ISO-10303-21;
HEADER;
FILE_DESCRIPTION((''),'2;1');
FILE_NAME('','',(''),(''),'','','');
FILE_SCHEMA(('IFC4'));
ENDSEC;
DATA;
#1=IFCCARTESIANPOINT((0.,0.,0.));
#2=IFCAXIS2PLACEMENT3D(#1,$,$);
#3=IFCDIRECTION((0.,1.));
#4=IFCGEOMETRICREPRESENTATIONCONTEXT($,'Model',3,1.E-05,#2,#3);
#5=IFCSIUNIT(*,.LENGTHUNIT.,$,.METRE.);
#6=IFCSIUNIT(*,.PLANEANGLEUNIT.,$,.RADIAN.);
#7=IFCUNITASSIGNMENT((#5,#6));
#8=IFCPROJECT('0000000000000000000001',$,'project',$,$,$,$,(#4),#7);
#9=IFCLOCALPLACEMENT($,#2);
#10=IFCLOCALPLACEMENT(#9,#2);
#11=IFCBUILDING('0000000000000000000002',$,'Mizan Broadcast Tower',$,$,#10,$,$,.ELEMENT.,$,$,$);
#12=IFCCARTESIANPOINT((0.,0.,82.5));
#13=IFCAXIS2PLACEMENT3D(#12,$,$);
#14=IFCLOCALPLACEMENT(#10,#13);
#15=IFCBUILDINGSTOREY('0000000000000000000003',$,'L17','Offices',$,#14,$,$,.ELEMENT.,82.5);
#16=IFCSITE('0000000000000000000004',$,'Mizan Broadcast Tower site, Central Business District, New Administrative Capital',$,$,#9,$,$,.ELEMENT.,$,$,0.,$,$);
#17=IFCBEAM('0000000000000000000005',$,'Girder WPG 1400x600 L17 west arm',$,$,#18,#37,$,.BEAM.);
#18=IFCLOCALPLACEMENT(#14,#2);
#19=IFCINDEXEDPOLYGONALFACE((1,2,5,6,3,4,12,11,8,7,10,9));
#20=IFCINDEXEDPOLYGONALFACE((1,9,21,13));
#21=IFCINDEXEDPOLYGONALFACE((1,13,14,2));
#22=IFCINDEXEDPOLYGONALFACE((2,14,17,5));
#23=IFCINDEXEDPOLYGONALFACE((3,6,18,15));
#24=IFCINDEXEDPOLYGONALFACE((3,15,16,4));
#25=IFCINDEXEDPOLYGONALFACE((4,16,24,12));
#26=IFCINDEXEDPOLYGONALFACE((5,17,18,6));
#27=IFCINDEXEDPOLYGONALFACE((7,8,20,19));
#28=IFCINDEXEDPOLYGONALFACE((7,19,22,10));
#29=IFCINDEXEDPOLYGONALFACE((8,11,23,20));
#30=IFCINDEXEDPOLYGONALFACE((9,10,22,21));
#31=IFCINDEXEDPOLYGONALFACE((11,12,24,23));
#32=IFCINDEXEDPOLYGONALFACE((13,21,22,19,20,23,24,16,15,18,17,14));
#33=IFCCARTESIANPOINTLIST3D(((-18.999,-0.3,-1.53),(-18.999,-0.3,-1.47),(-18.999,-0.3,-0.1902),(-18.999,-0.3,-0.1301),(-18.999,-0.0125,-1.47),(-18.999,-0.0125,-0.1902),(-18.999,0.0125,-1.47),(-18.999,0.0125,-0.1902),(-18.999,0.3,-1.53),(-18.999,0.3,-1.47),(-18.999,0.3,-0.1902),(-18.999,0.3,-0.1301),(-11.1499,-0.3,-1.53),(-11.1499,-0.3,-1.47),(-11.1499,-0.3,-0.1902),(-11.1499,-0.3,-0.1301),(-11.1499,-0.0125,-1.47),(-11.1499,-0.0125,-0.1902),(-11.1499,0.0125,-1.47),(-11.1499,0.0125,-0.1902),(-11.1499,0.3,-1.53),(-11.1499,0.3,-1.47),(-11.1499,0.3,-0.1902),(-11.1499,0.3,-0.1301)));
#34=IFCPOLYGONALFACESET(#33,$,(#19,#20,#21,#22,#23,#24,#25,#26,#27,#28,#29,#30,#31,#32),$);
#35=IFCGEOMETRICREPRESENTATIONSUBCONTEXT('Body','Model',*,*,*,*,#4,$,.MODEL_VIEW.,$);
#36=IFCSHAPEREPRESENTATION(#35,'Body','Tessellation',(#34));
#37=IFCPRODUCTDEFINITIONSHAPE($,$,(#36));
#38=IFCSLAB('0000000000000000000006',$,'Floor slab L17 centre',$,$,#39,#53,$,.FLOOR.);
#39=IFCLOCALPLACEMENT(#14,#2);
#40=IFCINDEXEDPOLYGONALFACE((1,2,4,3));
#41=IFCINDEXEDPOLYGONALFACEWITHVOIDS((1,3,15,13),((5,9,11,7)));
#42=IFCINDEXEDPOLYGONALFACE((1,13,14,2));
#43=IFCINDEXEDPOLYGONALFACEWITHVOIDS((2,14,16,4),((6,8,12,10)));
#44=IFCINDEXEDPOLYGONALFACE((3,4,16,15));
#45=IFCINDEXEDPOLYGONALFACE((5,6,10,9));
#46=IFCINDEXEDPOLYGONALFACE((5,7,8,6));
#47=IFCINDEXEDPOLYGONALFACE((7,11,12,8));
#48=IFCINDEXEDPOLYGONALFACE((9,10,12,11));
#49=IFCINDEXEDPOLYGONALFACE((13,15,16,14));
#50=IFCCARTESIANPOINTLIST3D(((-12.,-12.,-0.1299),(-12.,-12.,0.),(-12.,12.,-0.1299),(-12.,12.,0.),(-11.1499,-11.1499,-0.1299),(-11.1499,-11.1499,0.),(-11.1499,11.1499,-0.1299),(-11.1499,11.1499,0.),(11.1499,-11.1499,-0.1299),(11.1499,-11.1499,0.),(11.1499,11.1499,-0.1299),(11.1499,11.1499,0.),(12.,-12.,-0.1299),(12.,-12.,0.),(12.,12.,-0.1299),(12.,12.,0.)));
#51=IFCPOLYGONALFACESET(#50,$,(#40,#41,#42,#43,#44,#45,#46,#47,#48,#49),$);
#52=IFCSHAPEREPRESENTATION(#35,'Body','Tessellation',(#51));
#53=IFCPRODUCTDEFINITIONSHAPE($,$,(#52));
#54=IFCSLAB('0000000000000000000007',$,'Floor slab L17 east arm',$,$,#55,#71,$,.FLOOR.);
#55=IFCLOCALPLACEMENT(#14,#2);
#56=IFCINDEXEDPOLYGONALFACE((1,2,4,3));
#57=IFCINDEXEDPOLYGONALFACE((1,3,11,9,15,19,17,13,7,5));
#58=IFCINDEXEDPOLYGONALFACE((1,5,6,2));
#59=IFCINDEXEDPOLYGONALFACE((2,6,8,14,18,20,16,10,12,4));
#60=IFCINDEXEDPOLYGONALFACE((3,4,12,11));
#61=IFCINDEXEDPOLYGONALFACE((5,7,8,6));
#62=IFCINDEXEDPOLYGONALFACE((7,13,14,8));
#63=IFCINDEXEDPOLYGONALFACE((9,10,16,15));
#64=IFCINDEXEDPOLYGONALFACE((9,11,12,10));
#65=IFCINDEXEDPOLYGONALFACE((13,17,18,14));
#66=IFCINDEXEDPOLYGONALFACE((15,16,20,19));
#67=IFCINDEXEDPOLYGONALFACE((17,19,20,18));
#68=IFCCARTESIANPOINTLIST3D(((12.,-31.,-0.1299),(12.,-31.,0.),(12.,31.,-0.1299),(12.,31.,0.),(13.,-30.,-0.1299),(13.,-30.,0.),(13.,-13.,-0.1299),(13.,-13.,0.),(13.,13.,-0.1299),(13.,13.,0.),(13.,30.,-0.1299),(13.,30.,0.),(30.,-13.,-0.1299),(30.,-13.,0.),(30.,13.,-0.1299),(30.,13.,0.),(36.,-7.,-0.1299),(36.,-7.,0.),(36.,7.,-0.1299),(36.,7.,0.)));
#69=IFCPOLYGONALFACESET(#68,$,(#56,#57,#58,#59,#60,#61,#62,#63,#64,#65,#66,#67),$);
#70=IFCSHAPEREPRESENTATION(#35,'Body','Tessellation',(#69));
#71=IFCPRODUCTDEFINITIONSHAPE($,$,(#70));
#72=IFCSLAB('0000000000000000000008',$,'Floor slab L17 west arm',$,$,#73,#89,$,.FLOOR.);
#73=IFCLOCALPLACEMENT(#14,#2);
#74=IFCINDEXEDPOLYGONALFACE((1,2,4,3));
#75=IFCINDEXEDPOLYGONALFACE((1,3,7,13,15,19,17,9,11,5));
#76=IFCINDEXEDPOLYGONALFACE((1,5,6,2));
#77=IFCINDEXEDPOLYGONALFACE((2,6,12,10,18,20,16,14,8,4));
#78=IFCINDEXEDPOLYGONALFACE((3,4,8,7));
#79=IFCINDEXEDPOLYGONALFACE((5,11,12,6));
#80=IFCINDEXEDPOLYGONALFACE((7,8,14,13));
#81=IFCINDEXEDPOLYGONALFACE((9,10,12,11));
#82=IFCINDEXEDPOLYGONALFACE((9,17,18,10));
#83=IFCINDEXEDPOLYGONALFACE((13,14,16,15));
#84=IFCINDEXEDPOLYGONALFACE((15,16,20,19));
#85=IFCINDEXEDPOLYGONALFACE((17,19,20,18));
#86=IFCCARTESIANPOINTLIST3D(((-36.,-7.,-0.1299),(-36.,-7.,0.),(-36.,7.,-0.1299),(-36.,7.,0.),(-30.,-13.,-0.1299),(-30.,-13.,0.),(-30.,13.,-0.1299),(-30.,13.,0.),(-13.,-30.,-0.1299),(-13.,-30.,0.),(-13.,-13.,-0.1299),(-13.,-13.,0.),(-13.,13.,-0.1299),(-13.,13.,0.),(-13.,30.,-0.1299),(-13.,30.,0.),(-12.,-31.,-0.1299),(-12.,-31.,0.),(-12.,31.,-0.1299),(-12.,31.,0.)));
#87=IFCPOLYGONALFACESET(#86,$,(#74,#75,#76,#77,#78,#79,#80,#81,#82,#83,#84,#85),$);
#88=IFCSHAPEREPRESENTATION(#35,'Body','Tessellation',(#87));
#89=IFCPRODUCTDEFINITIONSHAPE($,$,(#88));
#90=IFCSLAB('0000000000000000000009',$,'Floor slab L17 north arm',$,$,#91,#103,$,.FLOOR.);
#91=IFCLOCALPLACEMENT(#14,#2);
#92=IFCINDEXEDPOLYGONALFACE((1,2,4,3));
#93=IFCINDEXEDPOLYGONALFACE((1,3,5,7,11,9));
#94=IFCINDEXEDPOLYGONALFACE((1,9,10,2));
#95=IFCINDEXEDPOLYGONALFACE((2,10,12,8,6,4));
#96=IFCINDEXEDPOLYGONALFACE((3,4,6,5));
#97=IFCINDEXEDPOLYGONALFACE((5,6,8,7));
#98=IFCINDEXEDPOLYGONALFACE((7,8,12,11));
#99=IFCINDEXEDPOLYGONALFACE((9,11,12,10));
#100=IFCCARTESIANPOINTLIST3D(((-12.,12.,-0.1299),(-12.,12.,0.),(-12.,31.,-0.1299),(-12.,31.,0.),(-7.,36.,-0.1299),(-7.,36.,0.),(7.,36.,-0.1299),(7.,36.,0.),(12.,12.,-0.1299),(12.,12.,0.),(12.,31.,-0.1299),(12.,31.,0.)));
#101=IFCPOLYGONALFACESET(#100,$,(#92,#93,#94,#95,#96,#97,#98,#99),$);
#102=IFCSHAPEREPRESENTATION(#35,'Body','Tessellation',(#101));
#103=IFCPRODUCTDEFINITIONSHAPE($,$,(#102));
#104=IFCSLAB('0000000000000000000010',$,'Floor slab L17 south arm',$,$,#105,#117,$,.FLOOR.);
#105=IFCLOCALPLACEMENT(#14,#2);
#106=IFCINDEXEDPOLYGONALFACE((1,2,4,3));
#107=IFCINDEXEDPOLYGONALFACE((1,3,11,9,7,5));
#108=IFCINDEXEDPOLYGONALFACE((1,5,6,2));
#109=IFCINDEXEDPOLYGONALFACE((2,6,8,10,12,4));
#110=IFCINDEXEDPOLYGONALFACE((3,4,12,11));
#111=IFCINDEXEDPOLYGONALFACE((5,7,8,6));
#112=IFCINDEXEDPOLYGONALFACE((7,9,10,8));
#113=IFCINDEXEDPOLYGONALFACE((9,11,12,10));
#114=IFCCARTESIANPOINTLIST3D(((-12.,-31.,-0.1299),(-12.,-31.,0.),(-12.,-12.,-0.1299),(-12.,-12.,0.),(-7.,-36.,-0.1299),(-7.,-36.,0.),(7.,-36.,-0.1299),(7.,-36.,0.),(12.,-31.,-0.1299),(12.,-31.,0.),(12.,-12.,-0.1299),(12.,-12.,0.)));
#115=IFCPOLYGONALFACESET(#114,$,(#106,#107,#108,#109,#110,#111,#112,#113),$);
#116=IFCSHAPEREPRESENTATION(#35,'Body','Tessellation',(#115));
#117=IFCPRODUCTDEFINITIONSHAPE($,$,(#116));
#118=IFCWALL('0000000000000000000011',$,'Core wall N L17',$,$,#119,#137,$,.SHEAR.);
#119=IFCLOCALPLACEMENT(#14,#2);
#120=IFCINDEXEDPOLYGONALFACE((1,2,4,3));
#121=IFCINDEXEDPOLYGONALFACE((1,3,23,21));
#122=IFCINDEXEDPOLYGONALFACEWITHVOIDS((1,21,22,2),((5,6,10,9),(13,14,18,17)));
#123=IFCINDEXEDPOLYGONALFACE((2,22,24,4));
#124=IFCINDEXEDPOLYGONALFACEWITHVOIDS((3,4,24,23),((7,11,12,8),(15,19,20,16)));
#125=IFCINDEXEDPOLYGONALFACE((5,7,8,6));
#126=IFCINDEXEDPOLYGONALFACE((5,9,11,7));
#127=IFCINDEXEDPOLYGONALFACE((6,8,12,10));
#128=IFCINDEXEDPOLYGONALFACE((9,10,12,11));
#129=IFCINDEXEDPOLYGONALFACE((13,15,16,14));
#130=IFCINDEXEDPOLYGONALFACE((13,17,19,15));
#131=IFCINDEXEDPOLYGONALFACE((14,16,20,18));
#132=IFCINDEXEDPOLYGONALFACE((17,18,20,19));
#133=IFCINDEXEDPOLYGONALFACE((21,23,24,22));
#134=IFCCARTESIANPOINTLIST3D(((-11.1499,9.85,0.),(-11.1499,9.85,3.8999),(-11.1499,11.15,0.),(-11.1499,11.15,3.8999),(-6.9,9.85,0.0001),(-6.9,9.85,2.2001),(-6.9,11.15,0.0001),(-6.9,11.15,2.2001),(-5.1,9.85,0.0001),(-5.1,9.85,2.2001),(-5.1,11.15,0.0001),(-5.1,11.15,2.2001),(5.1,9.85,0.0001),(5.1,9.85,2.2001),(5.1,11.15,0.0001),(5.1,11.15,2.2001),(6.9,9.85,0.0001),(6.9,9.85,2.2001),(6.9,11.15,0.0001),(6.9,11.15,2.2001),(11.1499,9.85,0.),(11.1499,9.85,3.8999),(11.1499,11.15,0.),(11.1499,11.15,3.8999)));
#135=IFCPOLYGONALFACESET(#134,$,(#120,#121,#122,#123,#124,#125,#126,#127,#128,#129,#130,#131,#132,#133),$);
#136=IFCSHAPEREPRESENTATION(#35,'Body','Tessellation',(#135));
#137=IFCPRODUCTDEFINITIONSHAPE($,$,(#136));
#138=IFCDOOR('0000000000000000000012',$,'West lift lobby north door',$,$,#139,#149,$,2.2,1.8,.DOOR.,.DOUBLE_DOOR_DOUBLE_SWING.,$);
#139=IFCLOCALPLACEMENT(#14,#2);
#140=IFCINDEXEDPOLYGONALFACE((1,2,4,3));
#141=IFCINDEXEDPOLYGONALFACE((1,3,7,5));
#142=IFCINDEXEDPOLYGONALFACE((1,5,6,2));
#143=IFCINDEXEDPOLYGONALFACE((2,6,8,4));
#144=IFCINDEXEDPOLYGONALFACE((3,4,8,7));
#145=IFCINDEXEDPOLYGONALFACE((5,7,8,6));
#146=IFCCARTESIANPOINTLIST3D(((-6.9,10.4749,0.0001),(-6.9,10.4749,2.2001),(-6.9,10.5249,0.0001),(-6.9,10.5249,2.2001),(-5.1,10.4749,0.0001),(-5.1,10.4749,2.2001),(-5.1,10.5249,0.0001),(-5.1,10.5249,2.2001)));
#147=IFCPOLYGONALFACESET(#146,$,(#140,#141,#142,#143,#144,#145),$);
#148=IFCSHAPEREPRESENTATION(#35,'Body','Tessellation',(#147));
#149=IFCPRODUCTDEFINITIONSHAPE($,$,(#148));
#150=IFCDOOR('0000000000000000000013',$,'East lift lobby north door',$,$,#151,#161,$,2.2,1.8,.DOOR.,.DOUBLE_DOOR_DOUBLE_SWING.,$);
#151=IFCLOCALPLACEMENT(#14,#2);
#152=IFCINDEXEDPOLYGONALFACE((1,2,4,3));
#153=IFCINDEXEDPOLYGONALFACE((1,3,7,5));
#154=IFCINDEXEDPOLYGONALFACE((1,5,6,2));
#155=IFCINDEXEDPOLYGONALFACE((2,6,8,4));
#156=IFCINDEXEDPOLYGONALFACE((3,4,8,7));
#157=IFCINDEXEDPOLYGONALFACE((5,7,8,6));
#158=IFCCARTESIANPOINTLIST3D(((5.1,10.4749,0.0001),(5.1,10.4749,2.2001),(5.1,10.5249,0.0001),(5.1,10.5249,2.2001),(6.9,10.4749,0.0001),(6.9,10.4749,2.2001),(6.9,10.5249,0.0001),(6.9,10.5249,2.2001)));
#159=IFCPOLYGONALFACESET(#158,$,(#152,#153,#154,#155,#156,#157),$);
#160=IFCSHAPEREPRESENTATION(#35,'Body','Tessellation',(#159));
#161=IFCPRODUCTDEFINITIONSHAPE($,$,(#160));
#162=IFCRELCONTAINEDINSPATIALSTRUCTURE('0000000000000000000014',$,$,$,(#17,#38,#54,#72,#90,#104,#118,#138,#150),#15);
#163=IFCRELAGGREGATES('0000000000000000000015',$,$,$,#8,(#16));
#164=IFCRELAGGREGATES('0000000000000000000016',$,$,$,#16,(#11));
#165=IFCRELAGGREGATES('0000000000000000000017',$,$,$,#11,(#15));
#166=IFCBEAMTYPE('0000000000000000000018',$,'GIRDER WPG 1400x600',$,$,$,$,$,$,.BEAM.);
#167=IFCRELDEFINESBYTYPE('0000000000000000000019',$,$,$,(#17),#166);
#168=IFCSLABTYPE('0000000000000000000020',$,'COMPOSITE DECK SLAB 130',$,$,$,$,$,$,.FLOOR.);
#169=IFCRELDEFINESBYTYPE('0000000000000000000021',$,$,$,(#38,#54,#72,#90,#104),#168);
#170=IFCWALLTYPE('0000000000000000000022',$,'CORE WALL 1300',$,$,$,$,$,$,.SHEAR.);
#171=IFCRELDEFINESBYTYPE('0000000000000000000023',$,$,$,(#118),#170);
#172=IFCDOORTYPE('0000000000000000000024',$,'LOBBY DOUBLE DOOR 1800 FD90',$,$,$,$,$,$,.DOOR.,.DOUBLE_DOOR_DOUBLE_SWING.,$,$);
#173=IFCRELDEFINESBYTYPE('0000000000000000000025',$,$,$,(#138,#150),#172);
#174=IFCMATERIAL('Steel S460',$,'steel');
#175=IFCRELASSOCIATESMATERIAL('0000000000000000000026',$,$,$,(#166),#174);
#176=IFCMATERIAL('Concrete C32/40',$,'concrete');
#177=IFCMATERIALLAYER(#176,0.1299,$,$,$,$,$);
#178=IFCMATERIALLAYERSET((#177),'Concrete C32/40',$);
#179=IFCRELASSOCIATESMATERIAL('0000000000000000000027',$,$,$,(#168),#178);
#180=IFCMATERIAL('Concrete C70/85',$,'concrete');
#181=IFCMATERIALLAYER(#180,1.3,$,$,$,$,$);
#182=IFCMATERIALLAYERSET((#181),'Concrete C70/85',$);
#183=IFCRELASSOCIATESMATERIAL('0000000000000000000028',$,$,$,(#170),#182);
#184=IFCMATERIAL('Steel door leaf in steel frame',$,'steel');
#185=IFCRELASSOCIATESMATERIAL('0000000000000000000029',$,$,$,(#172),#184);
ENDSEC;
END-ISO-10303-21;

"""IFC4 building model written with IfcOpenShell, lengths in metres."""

from ifc_helpers import new_model, si_unit, direction, frame, frame_2d, origin, origin_2d, place, context, subcontext, project, spatial, polyline, rectangle, i_section, outline, extrude, material, layer, layer_set, material_profile, profile_set, type_object, element, fill, save


model = new_model("IFC4")

# Units and contexts
model_context = context("Model", 3, precision=1e-05, world=origin(), true_north=direction((0.0, 1.0)))
body_context = subcontext(model_context, "Body", "Model", "MODEL_VIEW")
ifc_project = project(units=[si_unit("LENGTHUNIT", "METRE"), si_unit("PLANEANGLEUNIT", "RADIAN")], contexts=[model_context])

# Site, building, storey
site_placement = place(None, origin())
site = spatial("IfcSite", under=ifc_project, at=site_placement, Name="Mizan Broadcast Tower site, Central Business District, New Administrative Capital", CompositionType="ELEMENT", RefElevation=0.0)
building_placement = place(site_placement, origin())
building = spatial("IfcBuilding", under=site, at=building_placement, Name="Mizan Broadcast Tower", CompositionType="ELEMENT")
storey_placement = place(building_placement, frame((0.0, 0.0, 82.5)))
storey = spatial("IfcBuildingStorey", under=building, at=storey_placement, Name="L17", Description="Offices", CompositionType="ELEMENT", Elevation=82.5)

# Beam
ifc_material_1 = material(Name="Steel S460", Category="steel")
ifc_material_profile = material_profile(ifc_material_1, i_section(OverallWidth=0.6001, OverallDepth=1.3999, WebThickness=0.0249, FlangeThickness=0.0601, at=origin_2d()), Name="WPG 1400x600")
ifc_profile_set = profile_set([ifc_material_profile], Name="Steel S460")
beam_type = type_object("IfcBeamType", Name="GIRDER WPG 1400x600", PredefinedType="BEAM", material=ifc_profile_set)
beam_placement = place(storey_placement, frame((-11.1499, 0.0, -0.8301), z_axis=(-1.0, 0.0, 0.0), x_axis=(0.0, -1.0, 0.0)))
element("IfcBeam", 1, at=beam_placement, inside=storey, type_object=beam_type, Name="Girder WPG 1400x600 L17 west arm", PredefinedType="BEAM", context=body_context, shape_type="SweptSolid", body=[
    extrude(i_section(OverallWidth=0.6001, OverallDepth=1.3999, WebThickness=0.0249, FlangeThickness=0.0601, at=origin_2d()), origin(), (0.0, 0.0, 1.0), 7.8491),
])

# Slabs
ifc_material_2 = material(Name="Concrete C32/40", Category="concrete")
ifc_layer_1 = layer(ifc_material_2, 0.1299)
ifc_layer_set_1 = layer_set([ifc_layer_1], Name="Concrete C32/40")
slab_type = type_object("IfcSlabType", Name="COMPOSITE DECK SLAB 130", PredefinedType="FLOOR", material=ifc_layer_set_1)
slab_1_placement = place(storey_placement, frame((0.0, 0.0, -0.1299)))
element("IfcSlab", 2, at=slab_1_placement, inside=storey, type_object=slab_type, Name="Floor slab L17 centre", PredefinedType="FLOOR", context=body_context, shape_type="SweptSolid", body=[
    extrude(outline(polyline([(-12.0, -12.0), (12.0, -12.0), (12.0, 12.0), (-12.0, 12.0), (-12.0, -12.0)]), holes=[polyline([(-11.1499, 11.1499), (11.1499, 11.1499), (11.1499, -11.1499), (-11.1499, -11.1499), (-11.1499, 11.1499)])]), origin(), (0.0, 0.0, 1.0), 0.1299),
])
slab_2_placement = place(storey_placement, frame((0.0, 0.0, -0.1299)))
element("IfcSlab", 3, at=slab_2_placement, inside=storey, type_object=slab_type, Name="Floor slab L17 east arm", PredefinedType="FLOOR", context=body_context, shape_type="SweptSolid", body=[
    extrude(outline(polyline([(12.0, -31.0), (13.0, -30.0), (13.0, -13.0), (30.0, -13.0), (36.0, -7.0), (36.0, 7.0), (30.0, 13.0), (13.0, 13.0), (13.0, 30.0), (12.0, 31.0), (12.0, -31.0)])), origin(), (0.0, 0.0, 1.0), 0.1299),
])
slab_3_placement = place(storey_placement, frame((0.0, 0.0, -0.1299)))
element("IfcSlab", 4, at=slab_3_placement, inside=storey, type_object=slab_type, Name="Floor slab L17 west arm", PredefinedType="FLOOR", context=body_context, shape_type="SweptSolid", body=[
    extrude(outline(polyline([(-13.0, -30.0), (-12.0, -31.0), (-12.0, 31.0), (-13.0, 30.0), (-13.0, 13.0), (-30.0, 13.0), (-36.0, 7.0), (-36.0, -7.0), (-30.0, -13.0), (-13.0, -13.0), (-13.0, -30.0)])), origin(), (0.0, 0.0, 1.0), 0.1299),
])
slab_4_placement = place(storey_placement, frame((0.0, 0.0, -0.1299)))
element("IfcSlab", 5, at=slab_4_placement, inside=storey, type_object=slab_type, Name="Floor slab L17 north arm", PredefinedType="FLOOR", context=body_context, shape_type="SweptSolid", body=[
    extrude(outline(polyline([(-7.0, 36.0), (-12.0, 31.0), (-12.0, 12.0), (12.0, 12.0), (12.0, 31.0), (7.0, 36.0), (-7.0, 36.0)])), origin(), (0.0, 0.0, 1.0), 0.1299),
])
slab_5_placement = place(storey_placement, frame((0.0, 0.0, -0.1299)))
element("IfcSlab", 6, at=slab_5_placement, inside=storey, type_object=slab_type, Name="Floor slab L17 south arm", PredefinedType="FLOOR", context=body_context, shape_type="SweptSolid", body=[
    extrude(outline(polyline([(7.0, -36.0), (12.0, -31.0), (12.0, -12.0), (-12.0, -12.0), (-12.0, -31.0), (-7.0, -36.0), (7.0, -36.0)])), origin(), (0.0, 0.0, 1.0), 0.1299),
])

# Wall, openings, doors
ifc_material_3 = material(Name="Concrete C70/85", Category="concrete")
ifc_layer_2 = layer(ifc_material_3, 1.3)
ifc_layer_set_2 = layer_set([ifc_layer_2], Name="Concrete C70/85")
wall_type_1 = type_object("IfcWallType", Name="CORE WALL 1300", PredefinedType="SHEAR", material=ifc_layer_set_2)
wall_1_placement = place(storey_placement, frame((-11.1499, 10.5, 0.0), z_axis=(0.0, 0.0, 1.0), x_axis=(1.0, 0.0, 0.0)))
wall_1 = element("IfcWall", 7, at=wall_1_placement, inside=storey, type_object=wall_type_1, Name="Core wall N L17", PredefinedType="SHEAR", context=body_context, shape_type="SweptSolid", body=[
    extrude(rectangle(XDim=22.2998, YDim=1.3, at=frame_2d((11.1499, 0.0))), origin(), (0.0, 0.0, 1.0), 3.8999),
])
opening_1_placement = place(wall_1_placement, frame((4.25, 0.0, 0.0)))
opening_1 = element("IfcOpeningElement", 8, at=opening_1_placement, cuts=wall_1, PredefinedType="OPENING", context=body_context, shape_type="SweptSolid", body=[
    extrude(rectangle(XDim=1.8, YDim=2.2, at=frame_2d((0.8999, 1.1001))), frame((0.0, 0.6599, 0.0), z_axis=(0.0, -1.0, 0.0), x_axis=(1.0, 0.0, 0.0)), (0.0, 0.0, 1.0), 1.3201),
])
opening_2_placement = place(wall_1_placement, frame((16.25, 0.0, 0.0)))
opening_2 = element("IfcOpeningElement", 9, at=opening_2_placement, cuts=wall_1, PredefinedType="OPENING", context=body_context, shape_type="SweptSolid", body=[
    extrude(rectangle(XDim=1.8, YDim=2.2, at=frame_2d((0.8999, 1.1001))), frame((0.0, 0.6599, 0.0), z_axis=(0.0, -1.0, 0.0), x_axis=(1.0, 0.0, 0.0)), (0.0, 0.0, 1.0), 1.3201),
])
ifc_material_4 = material(Name="Steel door leaf in steel frame", Category="steel")
door_type_1 = type_object("IfcDoorType", Name="LOBBY DOUBLE DOOR 1800 FD90", OperationType="DOUBLE_DOOR_DOUBLE_SWING", PredefinedType="DOOR", material=ifc_material_4)
door_1_placement = place(opening_1_placement, origin())
door_1 = element("IfcDoor", 10, at=door_1_placement, inside=storey, type_object=door_type_1, Name="West lift lobby north door", OperationType="DOUBLE_DOOR_DOUBLE_SWING", OverallHeight=2.2, OverallWidth=1.8, PredefinedType="DOOR", context=body_context, shape_type="SweptSolid", body=[
    extrude(rectangle(XDim=1.8, YDim=2.2, at=frame_2d((0.8999, 1.1001))), frame((0.0, 0.0249, 0.0), z_axis=(0.0, -1.0, 0.0), x_axis=(1.0, 0.0, 0.0)), (0.0, 0.0, 1.0), 0.05),
])
fill(opening_1, door_1)
door_2_placement = place(opening_2_placement, origin())
door_2 = element("IfcDoor", 11, at=door_2_placement, inside=storey, type_object=door_type_1, Name="East lift lobby north door", OperationType="DOUBLE_DOOR_DOUBLE_SWING", OverallHeight=2.2, OverallWidth=1.8, PredefinedType="DOOR", context=body_context, shape_type="SweptSolid", body=[
    extrude(rectangle(XDim=1.8, YDim=2.2, at=frame_2d((0.8999, 1.1001))), frame((0.0, 0.0249, 0.0), z_axis=(0.0, -1.0, 0.0), x_axis=(1.0, 0.0, 0.0)), (0.0, 0.0, 1.0), 0.05),
])
fill(opening_2, door_2)

save(model, "model.ifc")
